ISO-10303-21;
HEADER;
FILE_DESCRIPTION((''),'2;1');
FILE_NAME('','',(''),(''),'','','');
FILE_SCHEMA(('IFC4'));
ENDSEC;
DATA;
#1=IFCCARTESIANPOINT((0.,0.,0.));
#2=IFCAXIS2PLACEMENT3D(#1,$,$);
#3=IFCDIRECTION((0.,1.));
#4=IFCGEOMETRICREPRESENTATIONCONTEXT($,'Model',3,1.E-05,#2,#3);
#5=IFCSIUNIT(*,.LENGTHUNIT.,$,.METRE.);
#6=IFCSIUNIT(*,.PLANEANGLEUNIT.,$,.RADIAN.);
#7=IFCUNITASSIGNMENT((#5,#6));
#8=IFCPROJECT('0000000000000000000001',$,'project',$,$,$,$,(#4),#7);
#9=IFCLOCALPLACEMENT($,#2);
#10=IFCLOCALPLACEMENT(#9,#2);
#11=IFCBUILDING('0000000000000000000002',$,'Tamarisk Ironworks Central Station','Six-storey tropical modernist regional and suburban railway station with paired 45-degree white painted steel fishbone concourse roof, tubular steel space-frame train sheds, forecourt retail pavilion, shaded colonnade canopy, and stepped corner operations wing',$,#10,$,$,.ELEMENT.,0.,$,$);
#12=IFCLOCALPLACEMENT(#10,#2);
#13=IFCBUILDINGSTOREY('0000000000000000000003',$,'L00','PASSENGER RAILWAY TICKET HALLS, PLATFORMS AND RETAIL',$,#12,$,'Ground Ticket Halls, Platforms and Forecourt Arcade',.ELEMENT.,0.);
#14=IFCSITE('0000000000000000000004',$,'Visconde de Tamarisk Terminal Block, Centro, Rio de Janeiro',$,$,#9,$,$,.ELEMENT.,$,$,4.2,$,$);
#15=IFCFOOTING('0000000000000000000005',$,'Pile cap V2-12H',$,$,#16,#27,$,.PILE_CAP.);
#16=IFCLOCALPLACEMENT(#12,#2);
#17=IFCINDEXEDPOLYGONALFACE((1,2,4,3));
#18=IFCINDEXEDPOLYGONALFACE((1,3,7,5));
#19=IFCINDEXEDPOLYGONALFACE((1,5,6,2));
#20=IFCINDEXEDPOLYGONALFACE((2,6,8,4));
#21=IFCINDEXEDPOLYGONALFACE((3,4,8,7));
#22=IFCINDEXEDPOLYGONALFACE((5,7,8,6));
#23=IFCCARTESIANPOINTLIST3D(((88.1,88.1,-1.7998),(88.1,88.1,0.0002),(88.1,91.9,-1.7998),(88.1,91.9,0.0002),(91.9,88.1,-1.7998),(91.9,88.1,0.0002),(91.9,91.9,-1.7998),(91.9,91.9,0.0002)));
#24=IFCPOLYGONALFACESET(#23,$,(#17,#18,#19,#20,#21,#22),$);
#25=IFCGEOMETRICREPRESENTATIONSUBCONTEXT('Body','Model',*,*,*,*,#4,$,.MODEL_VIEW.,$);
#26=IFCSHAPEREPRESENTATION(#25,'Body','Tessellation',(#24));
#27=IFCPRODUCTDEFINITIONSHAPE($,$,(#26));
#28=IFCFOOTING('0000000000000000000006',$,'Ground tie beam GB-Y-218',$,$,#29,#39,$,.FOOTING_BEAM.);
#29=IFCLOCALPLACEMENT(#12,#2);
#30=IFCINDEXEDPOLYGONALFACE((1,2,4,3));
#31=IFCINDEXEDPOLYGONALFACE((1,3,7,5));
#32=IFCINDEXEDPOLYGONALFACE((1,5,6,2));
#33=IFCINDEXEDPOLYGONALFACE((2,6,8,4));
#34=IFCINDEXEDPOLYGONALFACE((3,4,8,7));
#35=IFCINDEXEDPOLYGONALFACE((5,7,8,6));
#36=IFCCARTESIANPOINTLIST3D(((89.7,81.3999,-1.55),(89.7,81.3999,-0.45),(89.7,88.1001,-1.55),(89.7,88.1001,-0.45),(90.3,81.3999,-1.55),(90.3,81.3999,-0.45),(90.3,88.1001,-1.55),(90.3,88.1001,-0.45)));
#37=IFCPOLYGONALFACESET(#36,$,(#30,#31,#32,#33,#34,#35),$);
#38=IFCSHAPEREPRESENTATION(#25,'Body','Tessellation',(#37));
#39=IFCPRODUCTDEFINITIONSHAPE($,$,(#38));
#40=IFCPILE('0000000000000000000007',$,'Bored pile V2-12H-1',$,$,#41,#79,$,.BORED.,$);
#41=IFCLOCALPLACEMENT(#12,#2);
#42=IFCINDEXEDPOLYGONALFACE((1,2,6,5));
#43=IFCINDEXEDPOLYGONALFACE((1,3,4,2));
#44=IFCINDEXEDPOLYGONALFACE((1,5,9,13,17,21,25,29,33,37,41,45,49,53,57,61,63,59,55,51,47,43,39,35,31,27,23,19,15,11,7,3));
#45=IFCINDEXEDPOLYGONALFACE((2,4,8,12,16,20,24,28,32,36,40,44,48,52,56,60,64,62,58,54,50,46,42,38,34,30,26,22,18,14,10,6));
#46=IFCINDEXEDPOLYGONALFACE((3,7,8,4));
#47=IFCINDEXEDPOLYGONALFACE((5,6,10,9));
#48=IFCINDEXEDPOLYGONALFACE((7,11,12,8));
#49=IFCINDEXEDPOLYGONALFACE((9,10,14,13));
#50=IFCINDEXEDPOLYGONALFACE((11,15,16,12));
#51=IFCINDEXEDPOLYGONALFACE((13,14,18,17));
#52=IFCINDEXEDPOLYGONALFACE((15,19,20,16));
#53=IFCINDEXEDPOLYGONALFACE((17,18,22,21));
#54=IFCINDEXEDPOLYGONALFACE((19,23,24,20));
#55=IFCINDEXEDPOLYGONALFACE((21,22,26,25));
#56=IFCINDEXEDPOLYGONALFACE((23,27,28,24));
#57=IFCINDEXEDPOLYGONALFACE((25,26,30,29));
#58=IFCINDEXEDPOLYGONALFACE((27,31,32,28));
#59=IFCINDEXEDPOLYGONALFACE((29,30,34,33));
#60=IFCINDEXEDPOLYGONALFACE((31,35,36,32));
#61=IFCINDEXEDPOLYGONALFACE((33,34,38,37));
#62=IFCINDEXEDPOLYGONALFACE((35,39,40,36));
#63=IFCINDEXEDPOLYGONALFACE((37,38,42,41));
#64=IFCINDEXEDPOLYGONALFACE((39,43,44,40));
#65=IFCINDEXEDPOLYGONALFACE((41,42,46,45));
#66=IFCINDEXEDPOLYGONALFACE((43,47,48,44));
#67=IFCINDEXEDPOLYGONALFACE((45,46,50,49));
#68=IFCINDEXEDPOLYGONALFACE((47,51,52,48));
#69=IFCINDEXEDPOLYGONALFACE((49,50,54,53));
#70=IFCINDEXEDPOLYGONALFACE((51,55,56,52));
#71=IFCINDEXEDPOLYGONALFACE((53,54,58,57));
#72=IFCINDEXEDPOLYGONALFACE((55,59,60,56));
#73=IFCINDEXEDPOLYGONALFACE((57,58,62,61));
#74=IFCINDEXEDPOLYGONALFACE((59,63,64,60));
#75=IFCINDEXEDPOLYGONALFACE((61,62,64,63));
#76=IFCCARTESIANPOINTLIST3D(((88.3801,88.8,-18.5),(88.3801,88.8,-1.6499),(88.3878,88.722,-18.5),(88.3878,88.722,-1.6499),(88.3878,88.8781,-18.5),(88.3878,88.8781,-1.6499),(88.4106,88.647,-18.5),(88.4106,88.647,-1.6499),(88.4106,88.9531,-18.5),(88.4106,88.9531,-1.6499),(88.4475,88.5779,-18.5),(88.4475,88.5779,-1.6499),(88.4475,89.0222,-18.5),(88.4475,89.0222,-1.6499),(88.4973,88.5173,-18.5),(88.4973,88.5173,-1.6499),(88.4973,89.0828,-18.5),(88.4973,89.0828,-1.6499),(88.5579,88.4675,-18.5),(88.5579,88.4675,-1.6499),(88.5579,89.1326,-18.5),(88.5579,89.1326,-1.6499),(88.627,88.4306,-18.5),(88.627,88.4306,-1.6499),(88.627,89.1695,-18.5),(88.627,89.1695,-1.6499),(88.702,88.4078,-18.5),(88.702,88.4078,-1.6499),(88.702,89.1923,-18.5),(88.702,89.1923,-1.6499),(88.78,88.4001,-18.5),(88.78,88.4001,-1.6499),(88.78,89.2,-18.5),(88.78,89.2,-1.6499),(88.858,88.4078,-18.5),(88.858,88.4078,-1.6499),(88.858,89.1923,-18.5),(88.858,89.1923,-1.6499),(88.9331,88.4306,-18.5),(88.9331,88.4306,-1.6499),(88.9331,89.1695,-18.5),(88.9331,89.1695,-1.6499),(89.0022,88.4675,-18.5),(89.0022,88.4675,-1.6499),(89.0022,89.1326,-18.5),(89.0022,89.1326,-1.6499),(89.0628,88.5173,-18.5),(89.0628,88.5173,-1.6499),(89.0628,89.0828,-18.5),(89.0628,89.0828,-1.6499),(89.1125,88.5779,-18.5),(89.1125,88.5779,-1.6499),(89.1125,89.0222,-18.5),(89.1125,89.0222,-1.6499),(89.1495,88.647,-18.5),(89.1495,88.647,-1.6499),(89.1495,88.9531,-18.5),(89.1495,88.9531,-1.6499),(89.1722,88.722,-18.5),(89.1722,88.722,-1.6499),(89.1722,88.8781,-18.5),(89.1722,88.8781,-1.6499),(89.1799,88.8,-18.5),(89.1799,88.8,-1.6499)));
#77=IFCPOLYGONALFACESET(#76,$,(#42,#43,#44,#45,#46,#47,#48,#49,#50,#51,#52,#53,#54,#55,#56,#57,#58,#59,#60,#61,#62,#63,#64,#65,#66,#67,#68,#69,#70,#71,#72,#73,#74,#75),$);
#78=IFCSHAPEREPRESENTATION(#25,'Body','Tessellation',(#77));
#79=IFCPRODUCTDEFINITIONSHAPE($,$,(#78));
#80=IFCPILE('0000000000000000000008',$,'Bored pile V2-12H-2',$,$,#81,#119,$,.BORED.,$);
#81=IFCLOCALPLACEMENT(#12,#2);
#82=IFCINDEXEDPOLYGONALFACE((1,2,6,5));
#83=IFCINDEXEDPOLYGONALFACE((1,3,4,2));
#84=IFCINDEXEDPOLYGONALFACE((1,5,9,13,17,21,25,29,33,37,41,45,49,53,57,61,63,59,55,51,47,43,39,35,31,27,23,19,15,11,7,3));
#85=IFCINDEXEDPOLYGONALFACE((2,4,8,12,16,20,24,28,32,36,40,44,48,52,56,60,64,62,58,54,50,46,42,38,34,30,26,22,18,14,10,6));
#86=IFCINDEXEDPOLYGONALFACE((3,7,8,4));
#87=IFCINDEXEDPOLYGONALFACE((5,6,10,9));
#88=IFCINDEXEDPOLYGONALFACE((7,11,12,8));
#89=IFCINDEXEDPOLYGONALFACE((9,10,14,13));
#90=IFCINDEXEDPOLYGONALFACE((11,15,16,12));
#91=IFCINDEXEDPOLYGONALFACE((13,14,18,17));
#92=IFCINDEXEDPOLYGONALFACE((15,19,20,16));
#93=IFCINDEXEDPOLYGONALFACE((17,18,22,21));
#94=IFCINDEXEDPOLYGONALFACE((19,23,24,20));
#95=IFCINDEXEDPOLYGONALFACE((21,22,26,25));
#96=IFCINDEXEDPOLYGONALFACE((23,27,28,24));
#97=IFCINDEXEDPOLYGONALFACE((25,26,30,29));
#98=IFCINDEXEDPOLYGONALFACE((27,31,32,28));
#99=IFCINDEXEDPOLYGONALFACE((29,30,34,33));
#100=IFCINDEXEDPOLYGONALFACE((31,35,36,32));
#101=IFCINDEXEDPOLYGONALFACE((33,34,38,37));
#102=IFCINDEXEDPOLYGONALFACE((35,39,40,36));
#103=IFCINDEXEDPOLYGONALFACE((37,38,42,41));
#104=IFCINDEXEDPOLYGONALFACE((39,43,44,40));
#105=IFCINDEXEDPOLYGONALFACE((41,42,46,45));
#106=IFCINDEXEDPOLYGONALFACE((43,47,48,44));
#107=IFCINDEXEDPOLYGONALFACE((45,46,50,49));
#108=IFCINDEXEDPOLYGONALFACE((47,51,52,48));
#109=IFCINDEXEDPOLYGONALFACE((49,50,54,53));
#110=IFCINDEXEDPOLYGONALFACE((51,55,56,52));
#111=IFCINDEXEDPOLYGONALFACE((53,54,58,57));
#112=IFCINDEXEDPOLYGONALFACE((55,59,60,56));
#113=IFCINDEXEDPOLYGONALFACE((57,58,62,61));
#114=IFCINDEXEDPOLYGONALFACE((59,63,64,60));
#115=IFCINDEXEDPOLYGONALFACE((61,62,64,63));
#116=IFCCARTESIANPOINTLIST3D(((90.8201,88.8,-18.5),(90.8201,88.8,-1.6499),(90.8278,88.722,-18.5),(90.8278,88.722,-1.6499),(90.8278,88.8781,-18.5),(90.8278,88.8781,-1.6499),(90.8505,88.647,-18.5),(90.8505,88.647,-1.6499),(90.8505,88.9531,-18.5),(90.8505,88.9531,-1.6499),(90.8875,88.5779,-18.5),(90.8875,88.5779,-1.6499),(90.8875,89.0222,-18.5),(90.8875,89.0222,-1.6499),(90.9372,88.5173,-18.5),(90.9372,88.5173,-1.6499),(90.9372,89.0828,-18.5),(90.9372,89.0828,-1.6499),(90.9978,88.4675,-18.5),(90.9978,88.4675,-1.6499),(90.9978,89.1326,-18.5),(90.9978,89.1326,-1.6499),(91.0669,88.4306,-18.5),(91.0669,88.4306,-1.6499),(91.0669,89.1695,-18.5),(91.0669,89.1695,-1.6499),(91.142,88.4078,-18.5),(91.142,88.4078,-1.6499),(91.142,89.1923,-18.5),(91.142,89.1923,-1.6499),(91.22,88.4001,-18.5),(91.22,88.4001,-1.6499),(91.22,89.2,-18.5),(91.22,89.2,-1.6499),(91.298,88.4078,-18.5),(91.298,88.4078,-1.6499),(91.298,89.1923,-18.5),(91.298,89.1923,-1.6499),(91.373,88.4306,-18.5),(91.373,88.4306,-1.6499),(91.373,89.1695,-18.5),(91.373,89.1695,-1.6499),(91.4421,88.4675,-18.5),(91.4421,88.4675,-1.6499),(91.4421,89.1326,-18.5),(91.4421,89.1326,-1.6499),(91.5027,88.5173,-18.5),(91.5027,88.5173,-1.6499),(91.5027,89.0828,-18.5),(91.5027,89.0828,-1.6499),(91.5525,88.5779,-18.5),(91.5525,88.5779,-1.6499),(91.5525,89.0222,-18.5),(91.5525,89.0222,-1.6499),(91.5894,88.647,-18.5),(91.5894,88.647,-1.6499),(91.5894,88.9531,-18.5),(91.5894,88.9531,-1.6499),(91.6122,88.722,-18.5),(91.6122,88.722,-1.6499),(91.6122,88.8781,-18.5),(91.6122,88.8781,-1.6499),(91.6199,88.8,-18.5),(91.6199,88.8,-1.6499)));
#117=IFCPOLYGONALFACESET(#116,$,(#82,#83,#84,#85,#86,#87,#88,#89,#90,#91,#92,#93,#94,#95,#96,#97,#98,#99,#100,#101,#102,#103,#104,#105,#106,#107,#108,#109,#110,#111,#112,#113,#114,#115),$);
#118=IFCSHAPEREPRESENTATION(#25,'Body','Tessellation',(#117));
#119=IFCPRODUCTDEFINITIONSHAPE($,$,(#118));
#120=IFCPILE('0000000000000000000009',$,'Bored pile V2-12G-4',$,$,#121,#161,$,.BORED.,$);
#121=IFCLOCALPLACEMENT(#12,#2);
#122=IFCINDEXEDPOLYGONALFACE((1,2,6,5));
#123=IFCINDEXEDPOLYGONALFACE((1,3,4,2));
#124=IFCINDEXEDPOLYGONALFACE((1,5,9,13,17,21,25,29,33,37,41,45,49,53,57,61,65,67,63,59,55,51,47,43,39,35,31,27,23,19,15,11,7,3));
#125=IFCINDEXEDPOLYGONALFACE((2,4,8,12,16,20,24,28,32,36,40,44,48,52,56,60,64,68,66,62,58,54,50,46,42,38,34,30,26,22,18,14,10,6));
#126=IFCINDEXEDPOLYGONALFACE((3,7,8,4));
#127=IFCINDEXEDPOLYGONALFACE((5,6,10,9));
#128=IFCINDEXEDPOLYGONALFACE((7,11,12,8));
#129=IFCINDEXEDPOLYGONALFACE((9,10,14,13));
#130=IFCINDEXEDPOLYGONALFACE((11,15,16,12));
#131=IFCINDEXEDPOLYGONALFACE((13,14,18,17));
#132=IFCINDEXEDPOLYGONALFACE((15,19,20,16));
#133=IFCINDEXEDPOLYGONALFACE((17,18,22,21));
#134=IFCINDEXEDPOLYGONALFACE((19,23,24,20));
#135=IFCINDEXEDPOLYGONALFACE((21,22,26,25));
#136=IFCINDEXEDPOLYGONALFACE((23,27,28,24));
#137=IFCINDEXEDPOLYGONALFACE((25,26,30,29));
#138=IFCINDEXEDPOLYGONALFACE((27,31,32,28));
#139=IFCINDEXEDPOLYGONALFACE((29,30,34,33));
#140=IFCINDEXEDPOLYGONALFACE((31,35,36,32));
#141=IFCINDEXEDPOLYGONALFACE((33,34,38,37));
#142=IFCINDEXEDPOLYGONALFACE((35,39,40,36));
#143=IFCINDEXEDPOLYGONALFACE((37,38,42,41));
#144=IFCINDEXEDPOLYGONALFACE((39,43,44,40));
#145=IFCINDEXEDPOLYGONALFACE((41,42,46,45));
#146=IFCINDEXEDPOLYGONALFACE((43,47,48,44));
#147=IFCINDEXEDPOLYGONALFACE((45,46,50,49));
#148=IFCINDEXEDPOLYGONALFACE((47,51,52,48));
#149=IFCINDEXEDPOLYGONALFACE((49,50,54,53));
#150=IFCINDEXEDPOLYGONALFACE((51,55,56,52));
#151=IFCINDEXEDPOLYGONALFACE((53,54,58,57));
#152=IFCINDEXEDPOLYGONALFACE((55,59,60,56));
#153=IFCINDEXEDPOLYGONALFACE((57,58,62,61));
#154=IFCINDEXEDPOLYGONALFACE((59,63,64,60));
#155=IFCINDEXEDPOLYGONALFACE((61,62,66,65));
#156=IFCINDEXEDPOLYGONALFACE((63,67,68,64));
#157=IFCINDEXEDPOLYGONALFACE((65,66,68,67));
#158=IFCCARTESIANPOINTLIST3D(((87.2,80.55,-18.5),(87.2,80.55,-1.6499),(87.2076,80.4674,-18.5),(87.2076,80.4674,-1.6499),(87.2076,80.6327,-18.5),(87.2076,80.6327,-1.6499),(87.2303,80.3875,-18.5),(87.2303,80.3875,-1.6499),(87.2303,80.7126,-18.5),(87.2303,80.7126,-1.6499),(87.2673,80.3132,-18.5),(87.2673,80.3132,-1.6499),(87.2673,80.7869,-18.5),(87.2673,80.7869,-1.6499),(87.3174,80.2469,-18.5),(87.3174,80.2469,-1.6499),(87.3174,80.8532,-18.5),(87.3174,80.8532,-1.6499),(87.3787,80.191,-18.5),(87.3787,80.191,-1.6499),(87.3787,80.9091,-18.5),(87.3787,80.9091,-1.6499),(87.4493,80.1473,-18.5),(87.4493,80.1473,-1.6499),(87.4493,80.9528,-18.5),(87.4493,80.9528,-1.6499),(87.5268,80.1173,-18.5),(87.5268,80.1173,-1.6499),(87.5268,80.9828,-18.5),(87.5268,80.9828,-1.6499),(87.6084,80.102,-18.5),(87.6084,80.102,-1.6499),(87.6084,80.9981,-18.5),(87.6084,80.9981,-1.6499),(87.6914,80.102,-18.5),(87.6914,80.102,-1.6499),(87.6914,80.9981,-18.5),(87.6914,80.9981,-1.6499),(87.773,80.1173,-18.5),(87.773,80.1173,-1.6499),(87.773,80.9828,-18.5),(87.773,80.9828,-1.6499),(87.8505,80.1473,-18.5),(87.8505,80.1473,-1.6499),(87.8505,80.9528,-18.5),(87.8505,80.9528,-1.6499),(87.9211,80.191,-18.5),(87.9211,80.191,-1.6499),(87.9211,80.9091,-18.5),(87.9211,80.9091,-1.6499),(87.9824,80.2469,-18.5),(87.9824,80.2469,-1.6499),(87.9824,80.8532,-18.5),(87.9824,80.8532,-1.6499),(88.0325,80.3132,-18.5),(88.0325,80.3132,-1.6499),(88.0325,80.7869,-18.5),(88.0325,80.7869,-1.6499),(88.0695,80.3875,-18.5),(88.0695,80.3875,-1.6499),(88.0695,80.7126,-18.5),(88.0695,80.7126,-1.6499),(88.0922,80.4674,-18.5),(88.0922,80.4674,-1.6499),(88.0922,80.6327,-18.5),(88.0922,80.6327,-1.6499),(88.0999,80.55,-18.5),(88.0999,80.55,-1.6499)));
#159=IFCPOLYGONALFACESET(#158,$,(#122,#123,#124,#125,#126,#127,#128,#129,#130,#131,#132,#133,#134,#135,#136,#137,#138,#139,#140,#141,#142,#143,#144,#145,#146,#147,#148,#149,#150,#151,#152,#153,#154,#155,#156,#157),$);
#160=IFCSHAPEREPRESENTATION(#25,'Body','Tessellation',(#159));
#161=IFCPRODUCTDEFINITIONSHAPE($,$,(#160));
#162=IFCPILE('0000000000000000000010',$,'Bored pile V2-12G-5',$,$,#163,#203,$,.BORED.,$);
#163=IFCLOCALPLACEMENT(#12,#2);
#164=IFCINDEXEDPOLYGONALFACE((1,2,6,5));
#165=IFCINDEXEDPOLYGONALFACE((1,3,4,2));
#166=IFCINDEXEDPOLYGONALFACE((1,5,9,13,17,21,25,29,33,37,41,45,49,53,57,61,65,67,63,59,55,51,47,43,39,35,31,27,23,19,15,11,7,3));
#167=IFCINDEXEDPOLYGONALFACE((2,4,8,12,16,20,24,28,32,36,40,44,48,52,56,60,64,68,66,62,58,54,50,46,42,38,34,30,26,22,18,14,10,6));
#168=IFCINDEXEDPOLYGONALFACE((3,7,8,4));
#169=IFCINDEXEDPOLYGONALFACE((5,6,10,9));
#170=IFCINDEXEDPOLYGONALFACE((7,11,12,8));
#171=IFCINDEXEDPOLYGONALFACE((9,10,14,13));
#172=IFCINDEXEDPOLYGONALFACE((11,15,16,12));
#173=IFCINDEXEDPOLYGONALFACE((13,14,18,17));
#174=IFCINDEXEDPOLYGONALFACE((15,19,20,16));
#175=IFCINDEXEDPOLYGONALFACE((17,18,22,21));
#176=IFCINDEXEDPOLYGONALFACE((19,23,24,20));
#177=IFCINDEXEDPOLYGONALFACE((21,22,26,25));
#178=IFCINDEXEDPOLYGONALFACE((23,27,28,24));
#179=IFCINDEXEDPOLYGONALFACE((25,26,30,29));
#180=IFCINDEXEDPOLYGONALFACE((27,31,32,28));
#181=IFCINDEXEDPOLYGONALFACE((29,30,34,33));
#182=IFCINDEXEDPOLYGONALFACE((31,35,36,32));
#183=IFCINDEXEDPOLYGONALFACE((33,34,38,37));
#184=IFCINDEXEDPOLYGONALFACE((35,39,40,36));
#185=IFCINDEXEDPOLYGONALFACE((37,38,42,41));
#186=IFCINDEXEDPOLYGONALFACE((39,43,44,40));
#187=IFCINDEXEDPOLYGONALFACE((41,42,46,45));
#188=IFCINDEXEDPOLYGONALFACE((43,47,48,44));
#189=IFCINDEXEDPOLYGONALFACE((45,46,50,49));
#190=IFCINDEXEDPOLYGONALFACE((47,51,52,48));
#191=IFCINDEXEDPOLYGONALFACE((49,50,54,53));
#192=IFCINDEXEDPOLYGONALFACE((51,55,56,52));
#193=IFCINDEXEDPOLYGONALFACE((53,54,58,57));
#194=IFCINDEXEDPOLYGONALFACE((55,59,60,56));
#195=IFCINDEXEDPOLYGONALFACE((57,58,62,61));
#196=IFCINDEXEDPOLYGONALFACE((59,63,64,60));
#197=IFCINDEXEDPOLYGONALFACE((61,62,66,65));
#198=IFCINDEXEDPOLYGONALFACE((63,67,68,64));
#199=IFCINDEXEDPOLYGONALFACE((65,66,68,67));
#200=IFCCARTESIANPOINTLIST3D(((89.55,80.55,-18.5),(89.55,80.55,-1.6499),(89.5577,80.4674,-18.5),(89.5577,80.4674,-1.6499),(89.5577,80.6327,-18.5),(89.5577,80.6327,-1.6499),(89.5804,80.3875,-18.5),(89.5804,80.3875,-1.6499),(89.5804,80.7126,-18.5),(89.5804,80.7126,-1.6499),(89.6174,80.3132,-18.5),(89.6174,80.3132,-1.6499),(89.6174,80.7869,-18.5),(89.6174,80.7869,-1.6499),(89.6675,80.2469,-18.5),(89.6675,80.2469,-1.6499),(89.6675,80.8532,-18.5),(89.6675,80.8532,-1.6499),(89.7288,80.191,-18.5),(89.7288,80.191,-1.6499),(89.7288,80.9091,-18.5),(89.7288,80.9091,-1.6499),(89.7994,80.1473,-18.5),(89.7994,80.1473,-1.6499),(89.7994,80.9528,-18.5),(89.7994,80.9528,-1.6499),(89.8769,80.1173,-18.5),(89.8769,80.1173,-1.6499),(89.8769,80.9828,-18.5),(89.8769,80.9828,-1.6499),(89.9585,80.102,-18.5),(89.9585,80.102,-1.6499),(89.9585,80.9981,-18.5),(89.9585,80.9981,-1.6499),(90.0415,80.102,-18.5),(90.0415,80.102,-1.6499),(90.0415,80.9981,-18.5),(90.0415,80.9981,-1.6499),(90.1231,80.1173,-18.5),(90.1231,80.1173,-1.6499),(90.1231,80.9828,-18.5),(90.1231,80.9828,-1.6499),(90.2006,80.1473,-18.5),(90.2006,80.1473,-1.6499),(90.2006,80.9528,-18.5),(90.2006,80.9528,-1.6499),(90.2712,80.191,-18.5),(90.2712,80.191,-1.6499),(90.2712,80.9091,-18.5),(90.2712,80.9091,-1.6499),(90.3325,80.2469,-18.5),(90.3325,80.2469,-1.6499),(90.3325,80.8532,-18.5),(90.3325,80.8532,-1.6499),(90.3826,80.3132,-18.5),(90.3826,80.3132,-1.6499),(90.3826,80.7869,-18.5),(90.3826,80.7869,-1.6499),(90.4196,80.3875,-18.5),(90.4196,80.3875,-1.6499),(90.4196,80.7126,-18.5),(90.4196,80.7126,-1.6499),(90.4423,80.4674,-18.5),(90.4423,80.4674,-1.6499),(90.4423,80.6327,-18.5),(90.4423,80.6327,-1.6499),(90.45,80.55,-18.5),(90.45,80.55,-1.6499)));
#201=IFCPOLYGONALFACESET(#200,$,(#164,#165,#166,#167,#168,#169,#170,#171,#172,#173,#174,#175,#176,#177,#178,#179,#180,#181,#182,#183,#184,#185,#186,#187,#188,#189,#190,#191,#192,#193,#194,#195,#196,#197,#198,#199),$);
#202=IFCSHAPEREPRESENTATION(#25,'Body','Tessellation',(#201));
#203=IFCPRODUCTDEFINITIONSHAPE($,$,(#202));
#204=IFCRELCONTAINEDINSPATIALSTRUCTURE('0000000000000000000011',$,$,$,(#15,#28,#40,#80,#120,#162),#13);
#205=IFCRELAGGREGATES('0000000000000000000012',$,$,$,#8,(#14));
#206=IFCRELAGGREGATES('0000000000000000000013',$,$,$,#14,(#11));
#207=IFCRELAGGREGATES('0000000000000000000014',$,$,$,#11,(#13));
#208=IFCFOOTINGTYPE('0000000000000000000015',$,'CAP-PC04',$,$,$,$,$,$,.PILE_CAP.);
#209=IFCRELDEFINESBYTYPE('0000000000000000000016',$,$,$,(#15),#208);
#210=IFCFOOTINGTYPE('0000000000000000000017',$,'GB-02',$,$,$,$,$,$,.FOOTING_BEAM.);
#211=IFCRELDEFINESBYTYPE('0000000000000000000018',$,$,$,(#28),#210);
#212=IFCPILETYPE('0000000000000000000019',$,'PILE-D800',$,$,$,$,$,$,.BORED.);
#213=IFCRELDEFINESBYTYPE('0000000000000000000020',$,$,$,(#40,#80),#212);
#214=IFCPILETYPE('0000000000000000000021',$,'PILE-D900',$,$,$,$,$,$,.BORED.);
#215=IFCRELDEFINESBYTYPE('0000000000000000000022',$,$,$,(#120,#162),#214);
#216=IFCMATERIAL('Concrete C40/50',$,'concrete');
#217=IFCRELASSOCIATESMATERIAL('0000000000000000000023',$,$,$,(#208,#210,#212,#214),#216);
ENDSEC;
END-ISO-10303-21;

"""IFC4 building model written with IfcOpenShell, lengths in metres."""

from ifc_helpers import new_model, si_unit, direction, frame, origin, origin_2d, place, context, subcontext, project, spatial, rectangle, circle, extrude, material, material_profile, profile_set, type_object, element, save


model = new_model("IFC4")

# Units and contexts
model_context = context("Model", 3, precision=1e-05, world=origin(), true_north=direction((0.0, 1.0)))
body_context = subcontext(model_context, "Body", "Model", "MODEL_VIEW")
ifc_project = project(units=[si_unit("LENGTHUNIT", "METRE"), si_unit("PLANEANGLEUNIT", "RADIAN")], contexts=[model_context])

# Site, building, storey
site_placement = place(None, origin())
site = spatial("IfcSite", under=ifc_project, at=site_placement, Name="Visconde de Tamarisk Terminal Block, Centro, Rio de Janeiro", CompositionType="ELEMENT", RefElevation=4.2)
building_placement = place(site_placement, origin())
building = spatial("IfcBuilding", under=site, at=building_placement, Name="Tamarisk Ironworks Central Station", Description="Six-storey tropical modernist regional and suburban railway station with paired 45-degree white painted steel fishbone concourse roof, tubular steel space-frame train sheds, forecourt retail pavilion, shaded colonnade canopy, and stepped corner operations wing", CompositionType="ELEMENT", ElevationOfRefHeight=0.0)
storey_placement = place(building_placement, origin())
storey = spatial("IfcBuildingStorey", under=building, at=storey_placement, Name="L00", Description="PASSENGER RAILWAY TICKET HALLS, PLATFORMS AND RETAIL", LongName="Ground Ticket Halls, Platforms and Forecourt Arcade", CompositionType="ELEMENT", Elevation=0.0)

# Footings
ifc_material_1 = material(Name="Concrete C40/50", Category="concrete")
footing_type_1 = type_object("IfcFootingType", Name="CAP-PC04", PredefinedType="PILE_CAP", material=ifc_material_1)
footing_1_placement = place(storey_placement, frame((90.0, 90.0, -1.7998), z_axis=(0.0, 0.0, 1.0), x_axis=(1.0, 0.0, 0.0)))
element("IfcFooting", 1, at=footing_1_placement, inside=storey, type_object=footing_type_1, Name="Pile cap V2-12H", PredefinedType="PILE_CAP", context=body_context, shape_type="SweptSolid", body=[
    extrude(rectangle(XDim=3.8, YDim=3.8, at=origin_2d()), origin(), (0.0, 0.0, 1.0), 1.8),
])
ifc_material_profile_1 = material_profile(ifc_material_1, rectangle(XDim=0.6001, YDim=1.1001, at=origin_2d()), Name="GB02 600x1100")
ifc_profile_set_1 = profile_set([ifc_material_profile_1], Name="Concrete C40/50")
footing_type_2 = type_object("IfcFootingType", Name="GB-02", PredefinedType="FOOTING_BEAM", material=ifc_profile_set_1)
footing_2_placement = place(storey_placement, frame((90.0, 81.3999, -1.0), z_axis=(0.0, 1.0, 0.0), x_axis=(-1.0, 0.0, 0.0)))
element("IfcFooting", 2, at=footing_2_placement, inside=storey, type_object=footing_type_2, Name="Ground tie beam GB-Y-218", PredefinedType="FOOTING_BEAM", context=body_context, shape_type="SweptSolid", body=[
    extrude(rectangle(XDim=0.6001, YDim=1.1001, at=origin_2d()), origin(), (0.0, 0.0, 1.0), 6.7002),
])

# Piles
ifc_material_profile_2 = material_profile(ifc_material_1, circle(Radius=0.3999, at=origin_2d()), Name="BORED PILE D800")
ifc_profile_set_2 = profile_set([ifc_material_profile_2], Name="Concrete C40/50")
pile_type_1 = type_object("IfcPileType", Name="PILE-D800", PredefinedType="BORED", material=ifc_profile_set_2)
for number, where, z_axis, x_axis, name in (
    (3, (88.78, 88.8, -1.6499), (0.0, 0.0, -1.0), (1.0, 0.0, 0.0), "Bored pile V2-12H-1"),
    (4, (91.22, 88.8, -1.6499), (0.0, 0.0, -1.0), (1.0, 0.0, 0.0), "Bored pile V2-12H-2"),
):
    element("IfcPile", number, at=place(storey_placement, frame(where, z_axis=z_axis, x_axis=x_axis)), inside=storey, type_object=pile_type_1, Name=name, PredefinedType="BORED", context=body_context, shape_type="SweptSolid", body=[
        extrude(circle(Radius=0.3999, at=origin_2d()), origin(), (0.0, 0.0, 1.0), 16.8501),
    ])
ifc_material_profile_3 = material_profile(ifc_material_1, circle(Radius=0.45, at=origin_2d()), Name="BORED PILE D900")
ifc_profile_set_3 = profile_set([ifc_material_profile_3], Name="Concrete C40/50")
pile_type_2 = type_object("IfcPileType", Name="PILE-D900", PredefinedType="BORED", material=ifc_profile_set_3)
for number, where, z_axis, x_axis, name in (
    (5, (87.6499, 80.55, -1.6499), (0.0, 0.0, -1.0), (1.0, 0.0, 0.0), "Bored pile V2-12G-4"),
    (6, (90.0, 80.55, -1.6499), (0.0, 0.0, -1.0), (1.0, 0.0, 0.0), "Bored pile V2-12G-5"),
):
    element("IfcPile", number, at=place(storey_placement, frame(where, z_axis=z_axis, x_axis=x_axis)), inside=storey, type_object=pile_type_2, Name=name, PredefinedType="BORED", context=body_context, shape_type="SweptSolid", body=[
        extrude(circle(Radius=0.45, at=origin_2d()), origin(), (0.0, 0.0, 1.0), 16.8501),
    ])

save(model, "model.ifc")
